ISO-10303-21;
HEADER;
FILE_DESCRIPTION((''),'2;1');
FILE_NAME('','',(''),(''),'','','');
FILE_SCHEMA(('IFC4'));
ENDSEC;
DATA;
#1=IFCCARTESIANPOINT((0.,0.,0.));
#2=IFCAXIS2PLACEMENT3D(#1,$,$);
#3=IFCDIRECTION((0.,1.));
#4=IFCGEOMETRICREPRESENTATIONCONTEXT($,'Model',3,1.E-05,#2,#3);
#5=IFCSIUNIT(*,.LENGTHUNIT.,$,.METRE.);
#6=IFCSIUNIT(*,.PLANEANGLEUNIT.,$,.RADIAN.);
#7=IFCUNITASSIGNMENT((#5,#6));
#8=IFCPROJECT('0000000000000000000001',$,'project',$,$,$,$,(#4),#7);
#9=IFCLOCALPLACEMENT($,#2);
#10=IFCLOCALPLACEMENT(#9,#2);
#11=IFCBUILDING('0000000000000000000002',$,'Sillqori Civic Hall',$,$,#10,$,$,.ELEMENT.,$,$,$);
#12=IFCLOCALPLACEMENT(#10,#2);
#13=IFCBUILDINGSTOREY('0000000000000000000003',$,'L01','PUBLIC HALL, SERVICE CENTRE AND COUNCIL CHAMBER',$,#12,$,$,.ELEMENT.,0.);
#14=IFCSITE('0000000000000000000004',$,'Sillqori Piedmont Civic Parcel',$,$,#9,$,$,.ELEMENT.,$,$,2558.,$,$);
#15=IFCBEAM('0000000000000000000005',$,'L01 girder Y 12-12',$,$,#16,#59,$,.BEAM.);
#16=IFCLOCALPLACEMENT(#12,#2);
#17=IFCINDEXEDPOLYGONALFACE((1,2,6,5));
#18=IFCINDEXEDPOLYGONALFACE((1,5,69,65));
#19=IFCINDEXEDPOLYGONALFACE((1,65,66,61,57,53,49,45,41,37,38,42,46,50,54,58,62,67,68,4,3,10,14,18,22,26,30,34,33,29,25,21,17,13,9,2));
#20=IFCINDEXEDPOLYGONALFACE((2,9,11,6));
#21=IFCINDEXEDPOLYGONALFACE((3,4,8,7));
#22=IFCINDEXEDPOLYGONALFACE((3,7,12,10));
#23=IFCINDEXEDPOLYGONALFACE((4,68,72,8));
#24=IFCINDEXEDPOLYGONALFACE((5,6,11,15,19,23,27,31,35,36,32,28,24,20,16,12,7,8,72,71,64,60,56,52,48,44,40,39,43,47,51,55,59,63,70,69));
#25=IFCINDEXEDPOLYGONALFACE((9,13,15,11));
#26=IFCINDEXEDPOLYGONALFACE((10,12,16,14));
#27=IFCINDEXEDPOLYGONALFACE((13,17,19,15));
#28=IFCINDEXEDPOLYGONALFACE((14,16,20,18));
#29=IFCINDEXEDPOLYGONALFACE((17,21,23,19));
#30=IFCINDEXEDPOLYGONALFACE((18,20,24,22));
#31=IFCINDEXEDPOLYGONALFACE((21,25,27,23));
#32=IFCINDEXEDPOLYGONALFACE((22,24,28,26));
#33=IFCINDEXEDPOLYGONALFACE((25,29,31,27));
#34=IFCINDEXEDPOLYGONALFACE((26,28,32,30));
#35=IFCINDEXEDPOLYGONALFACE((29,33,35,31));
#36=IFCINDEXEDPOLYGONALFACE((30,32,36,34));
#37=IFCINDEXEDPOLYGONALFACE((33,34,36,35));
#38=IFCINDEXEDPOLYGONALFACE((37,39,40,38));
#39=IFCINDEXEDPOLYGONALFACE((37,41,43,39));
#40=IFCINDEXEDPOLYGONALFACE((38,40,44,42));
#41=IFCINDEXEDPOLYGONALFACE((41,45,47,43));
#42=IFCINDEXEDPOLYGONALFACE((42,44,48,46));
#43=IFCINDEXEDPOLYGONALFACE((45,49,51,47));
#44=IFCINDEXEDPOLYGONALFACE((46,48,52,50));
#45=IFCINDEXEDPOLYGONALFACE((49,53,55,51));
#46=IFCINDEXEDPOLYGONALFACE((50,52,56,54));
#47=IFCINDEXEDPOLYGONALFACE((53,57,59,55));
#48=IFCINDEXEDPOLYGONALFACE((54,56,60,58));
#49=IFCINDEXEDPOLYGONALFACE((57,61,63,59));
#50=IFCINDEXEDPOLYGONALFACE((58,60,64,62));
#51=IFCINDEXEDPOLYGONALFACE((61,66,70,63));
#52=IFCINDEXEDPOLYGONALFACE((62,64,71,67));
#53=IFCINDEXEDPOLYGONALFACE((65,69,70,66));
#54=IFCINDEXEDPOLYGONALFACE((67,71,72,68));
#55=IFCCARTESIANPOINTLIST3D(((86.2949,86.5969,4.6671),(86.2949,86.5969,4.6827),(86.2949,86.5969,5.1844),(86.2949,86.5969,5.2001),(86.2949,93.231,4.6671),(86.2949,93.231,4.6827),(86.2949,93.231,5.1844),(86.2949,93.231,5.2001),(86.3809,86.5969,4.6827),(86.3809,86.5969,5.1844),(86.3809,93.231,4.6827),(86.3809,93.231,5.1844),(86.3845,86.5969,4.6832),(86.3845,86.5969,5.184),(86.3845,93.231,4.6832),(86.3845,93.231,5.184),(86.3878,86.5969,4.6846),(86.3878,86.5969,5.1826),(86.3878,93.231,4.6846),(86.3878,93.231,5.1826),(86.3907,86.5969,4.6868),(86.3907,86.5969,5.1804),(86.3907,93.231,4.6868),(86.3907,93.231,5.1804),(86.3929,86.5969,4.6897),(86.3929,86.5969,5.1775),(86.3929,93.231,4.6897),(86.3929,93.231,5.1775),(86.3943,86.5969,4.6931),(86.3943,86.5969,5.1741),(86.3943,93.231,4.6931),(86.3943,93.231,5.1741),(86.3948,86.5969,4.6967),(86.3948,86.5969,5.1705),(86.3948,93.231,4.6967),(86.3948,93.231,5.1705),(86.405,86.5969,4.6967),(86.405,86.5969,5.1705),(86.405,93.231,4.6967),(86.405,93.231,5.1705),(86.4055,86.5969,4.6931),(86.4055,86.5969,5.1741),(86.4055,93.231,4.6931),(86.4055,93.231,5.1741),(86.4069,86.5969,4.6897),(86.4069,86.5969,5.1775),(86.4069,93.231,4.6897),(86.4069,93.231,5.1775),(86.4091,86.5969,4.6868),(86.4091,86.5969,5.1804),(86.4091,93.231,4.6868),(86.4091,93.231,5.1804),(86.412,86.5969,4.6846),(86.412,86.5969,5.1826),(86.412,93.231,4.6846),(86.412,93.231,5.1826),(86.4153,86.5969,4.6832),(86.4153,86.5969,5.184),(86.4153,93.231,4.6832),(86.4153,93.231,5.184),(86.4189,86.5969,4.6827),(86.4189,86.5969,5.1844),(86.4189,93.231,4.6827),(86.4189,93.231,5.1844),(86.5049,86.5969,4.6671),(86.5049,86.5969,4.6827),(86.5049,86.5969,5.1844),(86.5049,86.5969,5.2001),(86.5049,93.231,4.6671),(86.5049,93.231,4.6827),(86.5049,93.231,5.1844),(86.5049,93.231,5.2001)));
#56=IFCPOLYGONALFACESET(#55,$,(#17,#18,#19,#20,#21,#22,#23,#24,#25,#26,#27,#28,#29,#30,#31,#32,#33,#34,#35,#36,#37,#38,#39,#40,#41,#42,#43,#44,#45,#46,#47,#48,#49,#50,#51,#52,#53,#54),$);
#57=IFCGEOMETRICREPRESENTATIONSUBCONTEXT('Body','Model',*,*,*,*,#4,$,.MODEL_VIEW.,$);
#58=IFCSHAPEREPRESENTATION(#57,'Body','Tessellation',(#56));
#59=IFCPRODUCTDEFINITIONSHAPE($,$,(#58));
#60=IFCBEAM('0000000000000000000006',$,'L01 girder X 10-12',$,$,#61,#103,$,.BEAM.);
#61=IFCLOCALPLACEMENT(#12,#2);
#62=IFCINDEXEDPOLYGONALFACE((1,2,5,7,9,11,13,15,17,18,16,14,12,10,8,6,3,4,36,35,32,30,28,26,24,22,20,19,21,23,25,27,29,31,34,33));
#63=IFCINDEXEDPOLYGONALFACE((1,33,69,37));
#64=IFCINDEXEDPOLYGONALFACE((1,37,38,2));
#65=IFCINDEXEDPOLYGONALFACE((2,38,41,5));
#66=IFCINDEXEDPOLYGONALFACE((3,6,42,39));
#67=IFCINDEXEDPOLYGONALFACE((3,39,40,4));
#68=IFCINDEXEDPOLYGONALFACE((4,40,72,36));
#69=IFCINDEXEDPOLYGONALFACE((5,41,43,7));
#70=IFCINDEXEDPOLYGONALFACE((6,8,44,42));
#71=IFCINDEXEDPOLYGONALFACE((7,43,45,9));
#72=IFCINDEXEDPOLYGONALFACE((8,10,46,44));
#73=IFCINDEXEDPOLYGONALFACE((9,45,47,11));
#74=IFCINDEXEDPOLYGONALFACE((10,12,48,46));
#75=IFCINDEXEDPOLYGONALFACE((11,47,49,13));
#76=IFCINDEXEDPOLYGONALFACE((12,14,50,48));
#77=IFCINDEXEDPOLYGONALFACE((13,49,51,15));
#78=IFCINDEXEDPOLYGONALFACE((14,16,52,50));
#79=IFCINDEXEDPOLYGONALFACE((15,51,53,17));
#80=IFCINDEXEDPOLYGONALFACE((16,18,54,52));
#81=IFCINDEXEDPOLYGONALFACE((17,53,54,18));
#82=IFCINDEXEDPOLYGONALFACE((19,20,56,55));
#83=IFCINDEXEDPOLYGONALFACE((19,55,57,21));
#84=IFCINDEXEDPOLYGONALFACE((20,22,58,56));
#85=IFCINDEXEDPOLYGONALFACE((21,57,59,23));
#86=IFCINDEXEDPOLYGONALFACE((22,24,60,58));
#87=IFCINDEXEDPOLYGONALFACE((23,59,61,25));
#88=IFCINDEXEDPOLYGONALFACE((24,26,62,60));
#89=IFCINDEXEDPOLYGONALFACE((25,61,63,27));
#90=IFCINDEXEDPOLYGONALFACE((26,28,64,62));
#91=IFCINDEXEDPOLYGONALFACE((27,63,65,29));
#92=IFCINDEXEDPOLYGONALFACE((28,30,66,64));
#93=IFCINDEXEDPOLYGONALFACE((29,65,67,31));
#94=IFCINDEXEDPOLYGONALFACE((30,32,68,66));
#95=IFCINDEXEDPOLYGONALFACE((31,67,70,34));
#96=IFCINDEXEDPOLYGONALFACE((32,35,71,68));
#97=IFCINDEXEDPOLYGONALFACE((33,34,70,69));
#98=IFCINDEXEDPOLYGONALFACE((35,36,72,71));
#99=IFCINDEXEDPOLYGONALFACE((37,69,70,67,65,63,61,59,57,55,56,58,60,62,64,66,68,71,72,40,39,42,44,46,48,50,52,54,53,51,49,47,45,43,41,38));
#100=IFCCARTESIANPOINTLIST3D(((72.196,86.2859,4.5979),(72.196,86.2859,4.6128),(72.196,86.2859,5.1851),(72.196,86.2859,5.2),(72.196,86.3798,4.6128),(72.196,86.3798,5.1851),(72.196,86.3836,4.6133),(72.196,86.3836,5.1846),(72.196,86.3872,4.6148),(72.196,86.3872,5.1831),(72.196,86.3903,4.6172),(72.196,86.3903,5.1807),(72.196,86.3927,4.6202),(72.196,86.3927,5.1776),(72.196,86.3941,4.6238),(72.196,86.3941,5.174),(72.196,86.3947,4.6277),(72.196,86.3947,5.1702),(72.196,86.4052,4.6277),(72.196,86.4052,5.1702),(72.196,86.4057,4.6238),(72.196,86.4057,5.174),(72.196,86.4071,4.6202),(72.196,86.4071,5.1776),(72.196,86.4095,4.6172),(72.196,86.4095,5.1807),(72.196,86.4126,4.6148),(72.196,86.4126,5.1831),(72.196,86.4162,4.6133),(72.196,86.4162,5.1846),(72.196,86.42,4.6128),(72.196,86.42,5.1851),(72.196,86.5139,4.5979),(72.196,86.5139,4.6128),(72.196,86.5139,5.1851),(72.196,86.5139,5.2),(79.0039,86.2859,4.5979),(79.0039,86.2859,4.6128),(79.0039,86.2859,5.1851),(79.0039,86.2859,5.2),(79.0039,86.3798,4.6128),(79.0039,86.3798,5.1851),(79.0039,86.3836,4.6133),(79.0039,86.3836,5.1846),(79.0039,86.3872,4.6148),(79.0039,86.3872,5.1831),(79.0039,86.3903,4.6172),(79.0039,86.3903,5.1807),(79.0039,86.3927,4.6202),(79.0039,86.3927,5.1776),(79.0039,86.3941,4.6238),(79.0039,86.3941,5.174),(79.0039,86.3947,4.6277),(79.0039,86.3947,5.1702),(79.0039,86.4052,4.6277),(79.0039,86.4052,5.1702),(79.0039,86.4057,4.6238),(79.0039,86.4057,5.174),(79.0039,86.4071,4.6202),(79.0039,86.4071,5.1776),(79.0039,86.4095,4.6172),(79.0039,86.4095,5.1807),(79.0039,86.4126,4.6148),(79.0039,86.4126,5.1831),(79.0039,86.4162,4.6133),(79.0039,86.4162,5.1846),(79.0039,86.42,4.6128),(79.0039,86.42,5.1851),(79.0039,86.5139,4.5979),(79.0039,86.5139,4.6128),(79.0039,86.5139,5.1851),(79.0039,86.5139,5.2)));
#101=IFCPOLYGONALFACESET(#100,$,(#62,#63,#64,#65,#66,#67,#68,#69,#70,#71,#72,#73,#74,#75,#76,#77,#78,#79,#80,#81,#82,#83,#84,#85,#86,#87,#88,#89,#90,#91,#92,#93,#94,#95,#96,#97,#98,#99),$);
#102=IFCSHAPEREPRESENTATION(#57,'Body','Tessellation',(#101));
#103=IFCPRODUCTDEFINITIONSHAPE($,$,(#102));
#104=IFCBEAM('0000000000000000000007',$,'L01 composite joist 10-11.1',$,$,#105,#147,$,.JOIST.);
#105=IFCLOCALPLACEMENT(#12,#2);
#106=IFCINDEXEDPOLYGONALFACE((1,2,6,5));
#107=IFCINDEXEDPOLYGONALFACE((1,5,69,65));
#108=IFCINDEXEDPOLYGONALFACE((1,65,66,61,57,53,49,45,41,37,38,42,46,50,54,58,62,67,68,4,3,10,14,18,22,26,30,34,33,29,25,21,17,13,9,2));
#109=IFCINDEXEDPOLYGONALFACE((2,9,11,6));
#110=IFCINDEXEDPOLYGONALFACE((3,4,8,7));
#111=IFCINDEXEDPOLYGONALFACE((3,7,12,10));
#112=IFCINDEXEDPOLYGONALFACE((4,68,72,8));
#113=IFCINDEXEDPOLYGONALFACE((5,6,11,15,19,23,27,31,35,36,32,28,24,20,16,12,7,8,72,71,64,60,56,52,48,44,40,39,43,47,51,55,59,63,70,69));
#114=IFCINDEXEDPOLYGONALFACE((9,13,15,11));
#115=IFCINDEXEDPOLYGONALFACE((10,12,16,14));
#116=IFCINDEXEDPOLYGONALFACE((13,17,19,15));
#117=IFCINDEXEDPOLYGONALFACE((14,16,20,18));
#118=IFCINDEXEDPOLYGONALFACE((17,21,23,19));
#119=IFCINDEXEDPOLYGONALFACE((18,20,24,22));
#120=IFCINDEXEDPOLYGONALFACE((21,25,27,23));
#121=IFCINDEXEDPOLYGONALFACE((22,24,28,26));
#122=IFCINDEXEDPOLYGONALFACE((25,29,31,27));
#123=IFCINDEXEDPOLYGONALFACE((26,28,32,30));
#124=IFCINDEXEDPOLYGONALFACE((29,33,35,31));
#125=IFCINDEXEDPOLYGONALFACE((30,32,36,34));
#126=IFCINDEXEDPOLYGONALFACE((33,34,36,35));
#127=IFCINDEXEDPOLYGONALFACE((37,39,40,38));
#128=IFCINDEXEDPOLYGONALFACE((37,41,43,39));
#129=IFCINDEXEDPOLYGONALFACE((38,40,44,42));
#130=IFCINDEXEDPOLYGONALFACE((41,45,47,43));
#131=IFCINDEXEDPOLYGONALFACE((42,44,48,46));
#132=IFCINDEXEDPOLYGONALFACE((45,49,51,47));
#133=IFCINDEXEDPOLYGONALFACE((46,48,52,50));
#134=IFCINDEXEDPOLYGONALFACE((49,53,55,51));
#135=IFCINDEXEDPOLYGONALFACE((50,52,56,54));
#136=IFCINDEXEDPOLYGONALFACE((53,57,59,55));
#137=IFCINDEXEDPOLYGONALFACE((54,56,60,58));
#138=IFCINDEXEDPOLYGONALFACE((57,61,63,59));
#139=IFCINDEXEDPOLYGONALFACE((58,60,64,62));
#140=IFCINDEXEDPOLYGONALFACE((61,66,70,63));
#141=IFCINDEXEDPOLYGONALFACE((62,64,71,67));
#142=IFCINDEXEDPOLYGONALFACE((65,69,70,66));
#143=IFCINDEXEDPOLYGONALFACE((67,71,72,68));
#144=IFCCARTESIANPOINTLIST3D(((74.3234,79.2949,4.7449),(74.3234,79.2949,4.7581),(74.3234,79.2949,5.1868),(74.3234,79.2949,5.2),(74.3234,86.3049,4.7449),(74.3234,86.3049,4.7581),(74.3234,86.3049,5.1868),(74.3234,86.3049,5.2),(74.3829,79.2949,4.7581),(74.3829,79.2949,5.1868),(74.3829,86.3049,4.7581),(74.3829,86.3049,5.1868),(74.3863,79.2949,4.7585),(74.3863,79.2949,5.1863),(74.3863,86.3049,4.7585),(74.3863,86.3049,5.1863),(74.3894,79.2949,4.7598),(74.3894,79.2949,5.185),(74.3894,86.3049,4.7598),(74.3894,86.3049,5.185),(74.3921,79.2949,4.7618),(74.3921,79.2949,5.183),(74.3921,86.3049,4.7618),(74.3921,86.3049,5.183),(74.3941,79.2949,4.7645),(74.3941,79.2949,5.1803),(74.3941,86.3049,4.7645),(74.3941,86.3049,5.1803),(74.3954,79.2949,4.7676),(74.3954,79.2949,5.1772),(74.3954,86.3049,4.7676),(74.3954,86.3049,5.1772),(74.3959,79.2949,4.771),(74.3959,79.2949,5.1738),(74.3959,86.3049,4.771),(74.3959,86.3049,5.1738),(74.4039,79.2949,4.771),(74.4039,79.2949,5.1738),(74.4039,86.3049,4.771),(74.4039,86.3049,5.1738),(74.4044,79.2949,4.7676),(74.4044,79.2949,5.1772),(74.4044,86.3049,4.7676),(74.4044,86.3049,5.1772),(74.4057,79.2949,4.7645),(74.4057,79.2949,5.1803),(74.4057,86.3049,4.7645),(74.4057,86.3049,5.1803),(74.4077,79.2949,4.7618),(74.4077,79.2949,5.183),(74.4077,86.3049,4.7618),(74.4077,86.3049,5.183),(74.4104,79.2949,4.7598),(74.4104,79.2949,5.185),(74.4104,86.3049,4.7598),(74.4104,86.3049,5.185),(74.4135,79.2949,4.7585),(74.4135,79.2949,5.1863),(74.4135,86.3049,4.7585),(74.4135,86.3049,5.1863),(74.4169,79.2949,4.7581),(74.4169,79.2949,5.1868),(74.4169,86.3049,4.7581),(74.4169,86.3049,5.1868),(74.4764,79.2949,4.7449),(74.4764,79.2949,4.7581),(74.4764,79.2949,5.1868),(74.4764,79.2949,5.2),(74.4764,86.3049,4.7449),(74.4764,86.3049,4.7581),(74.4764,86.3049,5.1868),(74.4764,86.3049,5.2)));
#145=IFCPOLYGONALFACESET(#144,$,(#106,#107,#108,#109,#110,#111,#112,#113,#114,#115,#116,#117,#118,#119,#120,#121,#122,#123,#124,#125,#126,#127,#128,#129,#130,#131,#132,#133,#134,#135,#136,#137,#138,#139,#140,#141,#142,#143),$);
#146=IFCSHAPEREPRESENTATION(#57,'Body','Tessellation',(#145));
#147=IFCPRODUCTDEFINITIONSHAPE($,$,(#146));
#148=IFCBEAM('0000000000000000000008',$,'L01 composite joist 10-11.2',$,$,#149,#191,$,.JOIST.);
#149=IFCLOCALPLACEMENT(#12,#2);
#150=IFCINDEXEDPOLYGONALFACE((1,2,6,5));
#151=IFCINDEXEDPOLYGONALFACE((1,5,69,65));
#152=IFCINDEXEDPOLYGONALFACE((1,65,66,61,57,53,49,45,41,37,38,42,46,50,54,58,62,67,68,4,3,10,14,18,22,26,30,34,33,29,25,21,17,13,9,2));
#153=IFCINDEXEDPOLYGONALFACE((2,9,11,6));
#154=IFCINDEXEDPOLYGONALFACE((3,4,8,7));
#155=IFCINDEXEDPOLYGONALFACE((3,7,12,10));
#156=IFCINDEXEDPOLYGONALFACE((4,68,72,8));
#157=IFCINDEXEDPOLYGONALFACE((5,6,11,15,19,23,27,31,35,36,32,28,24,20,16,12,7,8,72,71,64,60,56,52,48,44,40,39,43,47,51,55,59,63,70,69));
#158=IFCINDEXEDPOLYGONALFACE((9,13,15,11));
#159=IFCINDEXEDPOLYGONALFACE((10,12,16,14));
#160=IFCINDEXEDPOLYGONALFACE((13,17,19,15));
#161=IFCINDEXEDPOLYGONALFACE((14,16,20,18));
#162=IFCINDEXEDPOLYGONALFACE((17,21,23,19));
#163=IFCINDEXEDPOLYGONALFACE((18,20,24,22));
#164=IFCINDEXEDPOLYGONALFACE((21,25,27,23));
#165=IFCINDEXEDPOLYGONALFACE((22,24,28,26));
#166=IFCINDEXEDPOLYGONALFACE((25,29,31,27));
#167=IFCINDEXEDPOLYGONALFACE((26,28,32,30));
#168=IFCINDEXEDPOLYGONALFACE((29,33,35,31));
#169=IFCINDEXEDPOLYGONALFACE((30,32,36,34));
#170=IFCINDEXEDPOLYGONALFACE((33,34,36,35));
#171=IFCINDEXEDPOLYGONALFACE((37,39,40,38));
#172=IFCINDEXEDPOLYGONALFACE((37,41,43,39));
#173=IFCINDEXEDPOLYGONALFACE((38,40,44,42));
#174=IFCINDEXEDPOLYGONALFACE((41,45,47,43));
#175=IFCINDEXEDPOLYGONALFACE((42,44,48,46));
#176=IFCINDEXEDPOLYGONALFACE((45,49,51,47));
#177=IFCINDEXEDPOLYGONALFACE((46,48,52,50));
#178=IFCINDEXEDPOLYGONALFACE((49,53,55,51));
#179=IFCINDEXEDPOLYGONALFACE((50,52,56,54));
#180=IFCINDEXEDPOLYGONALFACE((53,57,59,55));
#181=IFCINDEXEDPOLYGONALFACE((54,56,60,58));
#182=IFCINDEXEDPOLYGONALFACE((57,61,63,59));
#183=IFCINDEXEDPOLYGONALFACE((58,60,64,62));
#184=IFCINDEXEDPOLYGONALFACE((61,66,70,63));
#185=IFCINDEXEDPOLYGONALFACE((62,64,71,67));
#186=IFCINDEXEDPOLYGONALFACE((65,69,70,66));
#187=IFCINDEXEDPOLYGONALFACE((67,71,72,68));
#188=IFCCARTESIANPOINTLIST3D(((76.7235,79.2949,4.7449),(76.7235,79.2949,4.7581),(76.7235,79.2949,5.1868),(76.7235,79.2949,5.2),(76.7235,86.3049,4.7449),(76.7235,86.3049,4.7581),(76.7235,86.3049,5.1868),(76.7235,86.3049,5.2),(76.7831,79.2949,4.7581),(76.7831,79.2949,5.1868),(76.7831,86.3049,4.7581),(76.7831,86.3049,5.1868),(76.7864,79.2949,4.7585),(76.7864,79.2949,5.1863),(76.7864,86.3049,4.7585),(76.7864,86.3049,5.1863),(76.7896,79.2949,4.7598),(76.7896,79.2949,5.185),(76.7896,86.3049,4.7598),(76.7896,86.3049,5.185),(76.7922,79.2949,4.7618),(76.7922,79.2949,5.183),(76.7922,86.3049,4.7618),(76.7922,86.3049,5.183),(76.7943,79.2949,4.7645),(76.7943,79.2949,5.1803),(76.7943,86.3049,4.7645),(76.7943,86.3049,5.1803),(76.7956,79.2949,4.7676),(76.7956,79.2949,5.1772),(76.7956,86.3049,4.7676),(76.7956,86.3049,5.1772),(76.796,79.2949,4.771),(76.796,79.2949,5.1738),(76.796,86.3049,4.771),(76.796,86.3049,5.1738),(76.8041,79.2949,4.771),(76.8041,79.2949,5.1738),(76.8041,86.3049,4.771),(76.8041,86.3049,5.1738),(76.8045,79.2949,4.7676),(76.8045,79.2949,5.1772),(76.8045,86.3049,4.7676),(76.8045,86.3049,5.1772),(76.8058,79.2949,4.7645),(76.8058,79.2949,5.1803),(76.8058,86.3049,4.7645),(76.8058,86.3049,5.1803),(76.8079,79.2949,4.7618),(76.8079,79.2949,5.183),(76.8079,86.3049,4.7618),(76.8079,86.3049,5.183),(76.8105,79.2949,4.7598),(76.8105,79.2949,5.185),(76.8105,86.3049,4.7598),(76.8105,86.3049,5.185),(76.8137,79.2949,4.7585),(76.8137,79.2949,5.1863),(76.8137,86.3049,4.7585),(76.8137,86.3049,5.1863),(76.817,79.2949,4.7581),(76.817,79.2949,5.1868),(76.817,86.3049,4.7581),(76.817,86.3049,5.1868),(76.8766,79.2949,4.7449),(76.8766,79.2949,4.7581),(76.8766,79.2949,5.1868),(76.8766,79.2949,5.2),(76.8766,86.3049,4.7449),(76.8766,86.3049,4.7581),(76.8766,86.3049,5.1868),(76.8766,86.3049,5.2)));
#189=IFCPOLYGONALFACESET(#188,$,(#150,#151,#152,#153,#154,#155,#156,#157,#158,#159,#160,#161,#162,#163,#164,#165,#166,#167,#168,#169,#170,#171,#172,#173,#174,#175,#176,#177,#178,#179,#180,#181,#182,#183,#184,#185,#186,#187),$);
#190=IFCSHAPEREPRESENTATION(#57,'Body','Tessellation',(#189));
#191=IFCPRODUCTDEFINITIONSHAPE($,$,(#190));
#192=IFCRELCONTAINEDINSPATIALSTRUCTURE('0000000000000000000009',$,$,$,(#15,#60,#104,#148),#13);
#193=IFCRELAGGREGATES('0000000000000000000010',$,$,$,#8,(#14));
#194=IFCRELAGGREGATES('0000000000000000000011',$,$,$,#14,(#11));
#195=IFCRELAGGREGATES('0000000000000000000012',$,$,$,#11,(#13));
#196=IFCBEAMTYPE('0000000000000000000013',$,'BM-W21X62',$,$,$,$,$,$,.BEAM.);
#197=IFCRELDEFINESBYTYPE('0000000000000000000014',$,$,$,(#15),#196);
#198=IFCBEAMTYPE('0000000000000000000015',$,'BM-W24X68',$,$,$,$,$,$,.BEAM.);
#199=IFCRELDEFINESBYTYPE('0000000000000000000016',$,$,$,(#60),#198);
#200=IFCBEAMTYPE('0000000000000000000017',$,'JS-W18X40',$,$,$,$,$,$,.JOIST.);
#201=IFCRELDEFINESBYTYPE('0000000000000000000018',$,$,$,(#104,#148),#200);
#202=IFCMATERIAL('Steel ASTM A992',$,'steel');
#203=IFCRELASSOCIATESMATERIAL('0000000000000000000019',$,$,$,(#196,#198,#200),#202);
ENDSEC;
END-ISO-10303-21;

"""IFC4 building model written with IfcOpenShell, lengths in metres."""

from ifc_helpers import new_model, si_unit, direction, frame, origin, origin_2d, place, context, subcontext, project, spatial, i_section, extrude, material, material_profile, profile_set, type_object, element, save


model = new_model("IFC4")

# Units and contexts
model_context = context("Model", 3, precision=1e-05, world=origin(), true_north=direction((0.0, 1.0)))
body_context = subcontext(model_context, "Body", "Model", "MODEL_VIEW")
ifc_project = project(units=[si_unit("LENGTHUNIT", "METRE"), si_unit("PLANEANGLEUNIT", "RADIAN")], contexts=[model_context])

# Site, building, storey
site_placement = place(None, origin())
site = spatial("IfcSite", under=ifc_project, at=site_placement, Name="Sillqori Piedmont Civic Parcel", CompositionType="ELEMENT", RefElevation=2558.0)
building_placement = place(site_placement, origin())
building = spatial("IfcBuilding", under=site, at=building_placement, Name="Sillqori Civic Hall", CompositionType="ELEMENT")
storey_placement = place(building_placement, origin())
storey = spatial("IfcBuildingStorey", under=building, at=storey_placement, Name="L01", Description="PUBLIC HALL, SERVICE CENTRE AND COUNCIL CHAMBER", CompositionType="ELEMENT", Elevation=0.0)

# Shared definitions
ifc_material_1 = material(Name="Steel ASTM A992", Category="steel")

# Beams
ifc_material_profile_1 = material_profile(ifc_material_1, i_section(OverallWidth=0.21, OverallDepth=0.533, WebThickness=0.0103, FlangeThickness=0.0156, FilletRadius=0.0139, at=origin_2d()), Name="W21X62")
ifc_profile_set_1 = profile_set([ifc_material_profile_1], Name="Steel ASTM A992")
beam_type_1 = type_object("IfcBeamType", Name="BM-W21X62", PredefinedType="BEAM", material=ifc_profile_set_1)
beam_1_placement = place(storey_placement, frame((86.3999, 86.5969, 4.9336), z_axis=(0.0, 1.0, 0.0), x_axis=(-1.0, 0.0, 0.0)))
element("IfcBeam", 1, at=beam_1_placement, inside=storey, type_object=beam_type_1, Name="L01 girder Y 12-12", PredefinedType="BEAM", context=body_context, shape_type="SweptSolid", body=[
    extrude(i_section(OverallWidth=0.21, OverallDepth=0.533, WebThickness=0.0103, FlangeThickness=0.0156, FilletRadius=0.0139, at=origin_2d()), origin(), (0.0, 0.0, 1.0), 6.634),
])
ifc_material_profile_2 = material_profile(ifc_material_1, i_section(OverallWidth=0.228, OverallDepth=0.6021, WebThickness=0.0105, FlangeThickness=0.0149, FilletRadius=0.0149, at=origin_2d()), Name="W24X68")
ifc_profile_set_2 = profile_set([ifc_material_profile_2], Name="Steel ASTM A992")
beam_type_2 = type_object("IfcBeamType", Name="BM-W24X68", PredefinedType="BEAM", material=ifc_profile_set_2)
beam_2_placement = place(storey_placement, frame((72.196, 86.3999, 4.8989), z_axis=(1.0, 0.0, 0.0), x_axis=(0.0, 1.0, 0.0)))
element("IfcBeam", 2, at=beam_2_placement, inside=storey, type_object=beam_type_2, Name="L01 girder X 10-12", PredefinedType="BEAM", context=body_context, shape_type="SweptSolid", body=[
    extrude(i_section(OverallWidth=0.228, OverallDepth=0.6021, WebThickness=0.0105, FlangeThickness=0.0149, FilletRadius=0.0149, at=origin_2d()), origin(), (0.0, 0.0, 1.0), 6.8079),
])
ifc_material_profile_3 = material_profile(ifc_material_1, i_section(OverallWidth=0.1531, OverallDepth=0.4551, WebThickness=0.0081, FlangeThickness=0.0132, FilletRadius=0.0129, at=origin_2d()), Name="W18X40")
ifc_profile_set_3 = profile_set([ifc_material_profile_3], Name="Steel ASTM A992")
beam_type_3 = type_object("IfcBeamType", Name="JS-W18X40", PredefinedType="JOIST", material=ifc_profile_set_3)
for number, where, z_axis, x_axis, name in (
    (3, (74.3999, 79.2949, 4.9724), (0.0, 1.0, 0.0), (-1.0, 0.0, 0.0), "L01 composite joist 10-11.1"),
    (4, (76.8, 79.2949, 4.9724), (0.0, 1.0, 0.0), (-1.0, 0.0, 0.0), "L01 composite joist 10-11.2"),
):
    element("IfcBeam", number, at=place(storey_placement, frame(where, z_axis=z_axis, x_axis=x_axis)), inside=storey, type_object=beam_type_3, Name=name, PredefinedType="JOIST", context=body_context, shape_type="SweptSolid", body=[
        extrude(i_section(OverallWidth=0.1531, OverallDepth=0.4551, WebThickness=0.0081, FlangeThickness=0.0132, FilletRadius=0.0129, at=origin_2d()), origin(), (0.0, 0.0, 1.0), 7.01),
    ])

save(model, "model.ifc")
